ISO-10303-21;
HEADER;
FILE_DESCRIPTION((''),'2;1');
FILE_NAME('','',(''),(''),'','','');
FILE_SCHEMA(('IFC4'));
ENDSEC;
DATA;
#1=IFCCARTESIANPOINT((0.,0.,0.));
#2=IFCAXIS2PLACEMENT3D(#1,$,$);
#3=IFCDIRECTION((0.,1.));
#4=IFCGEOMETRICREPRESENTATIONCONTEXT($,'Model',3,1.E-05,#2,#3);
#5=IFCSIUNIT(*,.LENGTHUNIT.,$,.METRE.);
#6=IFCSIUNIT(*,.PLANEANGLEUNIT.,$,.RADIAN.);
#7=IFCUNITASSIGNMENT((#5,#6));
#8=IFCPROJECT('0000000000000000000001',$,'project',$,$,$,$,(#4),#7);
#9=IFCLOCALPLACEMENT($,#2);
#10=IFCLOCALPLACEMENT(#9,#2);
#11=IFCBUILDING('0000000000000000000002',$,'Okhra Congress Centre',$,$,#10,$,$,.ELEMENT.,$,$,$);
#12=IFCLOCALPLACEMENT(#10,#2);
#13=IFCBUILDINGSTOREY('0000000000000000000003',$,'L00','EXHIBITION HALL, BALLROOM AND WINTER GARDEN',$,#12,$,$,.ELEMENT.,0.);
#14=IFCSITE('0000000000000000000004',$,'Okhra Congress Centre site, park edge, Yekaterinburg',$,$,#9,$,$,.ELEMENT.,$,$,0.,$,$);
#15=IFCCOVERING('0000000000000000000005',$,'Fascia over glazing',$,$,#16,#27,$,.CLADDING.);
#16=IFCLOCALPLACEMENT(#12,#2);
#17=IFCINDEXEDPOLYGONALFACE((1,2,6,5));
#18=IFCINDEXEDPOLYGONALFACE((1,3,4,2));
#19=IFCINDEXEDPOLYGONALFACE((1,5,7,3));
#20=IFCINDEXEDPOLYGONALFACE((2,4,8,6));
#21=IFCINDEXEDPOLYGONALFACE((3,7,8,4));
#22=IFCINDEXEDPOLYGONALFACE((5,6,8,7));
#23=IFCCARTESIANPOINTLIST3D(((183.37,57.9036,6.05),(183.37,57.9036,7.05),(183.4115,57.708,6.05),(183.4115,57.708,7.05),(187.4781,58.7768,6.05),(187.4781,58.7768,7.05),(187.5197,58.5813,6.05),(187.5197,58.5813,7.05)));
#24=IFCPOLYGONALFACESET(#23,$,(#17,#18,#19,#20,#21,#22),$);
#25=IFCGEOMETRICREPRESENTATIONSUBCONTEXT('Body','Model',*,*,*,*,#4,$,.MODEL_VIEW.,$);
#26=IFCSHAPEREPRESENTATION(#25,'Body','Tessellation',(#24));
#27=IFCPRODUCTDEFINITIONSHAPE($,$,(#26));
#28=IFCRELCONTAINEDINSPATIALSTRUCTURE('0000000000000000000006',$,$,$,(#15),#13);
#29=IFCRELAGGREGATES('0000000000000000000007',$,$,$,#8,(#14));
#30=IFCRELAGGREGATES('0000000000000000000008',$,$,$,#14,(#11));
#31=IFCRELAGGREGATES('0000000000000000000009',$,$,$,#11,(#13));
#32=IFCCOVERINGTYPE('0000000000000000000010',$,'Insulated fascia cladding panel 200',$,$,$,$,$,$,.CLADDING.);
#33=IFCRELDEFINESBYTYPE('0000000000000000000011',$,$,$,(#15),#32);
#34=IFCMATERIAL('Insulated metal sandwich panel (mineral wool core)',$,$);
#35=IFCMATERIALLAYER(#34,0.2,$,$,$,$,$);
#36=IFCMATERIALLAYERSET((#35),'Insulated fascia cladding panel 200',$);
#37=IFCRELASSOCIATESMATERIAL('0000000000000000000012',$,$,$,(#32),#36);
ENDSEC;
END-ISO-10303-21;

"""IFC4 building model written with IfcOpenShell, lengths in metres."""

from ifc_helpers import new_model, si_unit, direction, frame, origin, origin_2d, place, context, subcontext, project, spatial, rectangle, extrude, material, layer, layer_set, type_object, element, save


model = new_model("IFC4")

# Units and contexts
model_context = context("Model", 3, precision=1e-05, world=origin(), true_north=direction((0.0, 1.0)))
body_context = subcontext(model_context, "Body", "Model", "MODEL_VIEW")
ifc_project = project(units=[si_unit("LENGTHUNIT", "METRE"), si_unit("PLANEANGLEUNIT", "RADIAN")], contexts=[model_context])

# Site, building, storey
site_placement = place(None, origin())
site = spatial("IfcSite", under=ifc_project, at=site_placement, Name="Okhra Congress Centre site, park edge, Yekaterinburg", CompositionType="ELEMENT", RefElevation=0.0)
building_placement = place(site_placement, origin())
building = spatial("IfcBuilding", under=site, at=building_placement, Name="Okhra Congress Centre", CompositionType="ELEMENT")
storey_placement = place(building_placement, origin())
storey = spatial("IfcBuildingStorey", under=building, at=storey_placement, Name="L00", Description="EXHIBITION HALL, BALLROOM AND WINTER GARDEN", CompositionType="ELEMENT", Elevation=0.0)

# Covering
ifc_material_1 = material(Name="Insulated metal sandwich panel (mineral wool core)")
ifc_layer_1 = layer(ifc_material_1, 0.2)
ifc_layer_set_1 = layer_set([ifc_layer_1], Name="Insulated fascia cladding panel 200")
covering_type = type_object("IfcCoveringType", Name="Insulated fascia cladding panel 200", PredefinedType="CLADDING", material=ifc_layer_set_1)
covering_placement = place(storey_placement, frame((185.4448, 58.2424, 6.05), z_axis=(0.0, 0.0, 1.0), x_axis=(0.978148, 0.207912, 0.0)))
element("IfcCovering", 1, at=covering_placement, inside=storey, type_object=covering_type, Name="Fascia over glazing", PredefinedType="CLADDING", context=body_context, shape_type="SweptSolid", body=[
    extrude(rectangle(XDim=4.2, YDim=0.2, at=origin_2d()), origin(), (0.0, 0.0, 1.0), 1.0),
])

save(model, "model.ifc")
